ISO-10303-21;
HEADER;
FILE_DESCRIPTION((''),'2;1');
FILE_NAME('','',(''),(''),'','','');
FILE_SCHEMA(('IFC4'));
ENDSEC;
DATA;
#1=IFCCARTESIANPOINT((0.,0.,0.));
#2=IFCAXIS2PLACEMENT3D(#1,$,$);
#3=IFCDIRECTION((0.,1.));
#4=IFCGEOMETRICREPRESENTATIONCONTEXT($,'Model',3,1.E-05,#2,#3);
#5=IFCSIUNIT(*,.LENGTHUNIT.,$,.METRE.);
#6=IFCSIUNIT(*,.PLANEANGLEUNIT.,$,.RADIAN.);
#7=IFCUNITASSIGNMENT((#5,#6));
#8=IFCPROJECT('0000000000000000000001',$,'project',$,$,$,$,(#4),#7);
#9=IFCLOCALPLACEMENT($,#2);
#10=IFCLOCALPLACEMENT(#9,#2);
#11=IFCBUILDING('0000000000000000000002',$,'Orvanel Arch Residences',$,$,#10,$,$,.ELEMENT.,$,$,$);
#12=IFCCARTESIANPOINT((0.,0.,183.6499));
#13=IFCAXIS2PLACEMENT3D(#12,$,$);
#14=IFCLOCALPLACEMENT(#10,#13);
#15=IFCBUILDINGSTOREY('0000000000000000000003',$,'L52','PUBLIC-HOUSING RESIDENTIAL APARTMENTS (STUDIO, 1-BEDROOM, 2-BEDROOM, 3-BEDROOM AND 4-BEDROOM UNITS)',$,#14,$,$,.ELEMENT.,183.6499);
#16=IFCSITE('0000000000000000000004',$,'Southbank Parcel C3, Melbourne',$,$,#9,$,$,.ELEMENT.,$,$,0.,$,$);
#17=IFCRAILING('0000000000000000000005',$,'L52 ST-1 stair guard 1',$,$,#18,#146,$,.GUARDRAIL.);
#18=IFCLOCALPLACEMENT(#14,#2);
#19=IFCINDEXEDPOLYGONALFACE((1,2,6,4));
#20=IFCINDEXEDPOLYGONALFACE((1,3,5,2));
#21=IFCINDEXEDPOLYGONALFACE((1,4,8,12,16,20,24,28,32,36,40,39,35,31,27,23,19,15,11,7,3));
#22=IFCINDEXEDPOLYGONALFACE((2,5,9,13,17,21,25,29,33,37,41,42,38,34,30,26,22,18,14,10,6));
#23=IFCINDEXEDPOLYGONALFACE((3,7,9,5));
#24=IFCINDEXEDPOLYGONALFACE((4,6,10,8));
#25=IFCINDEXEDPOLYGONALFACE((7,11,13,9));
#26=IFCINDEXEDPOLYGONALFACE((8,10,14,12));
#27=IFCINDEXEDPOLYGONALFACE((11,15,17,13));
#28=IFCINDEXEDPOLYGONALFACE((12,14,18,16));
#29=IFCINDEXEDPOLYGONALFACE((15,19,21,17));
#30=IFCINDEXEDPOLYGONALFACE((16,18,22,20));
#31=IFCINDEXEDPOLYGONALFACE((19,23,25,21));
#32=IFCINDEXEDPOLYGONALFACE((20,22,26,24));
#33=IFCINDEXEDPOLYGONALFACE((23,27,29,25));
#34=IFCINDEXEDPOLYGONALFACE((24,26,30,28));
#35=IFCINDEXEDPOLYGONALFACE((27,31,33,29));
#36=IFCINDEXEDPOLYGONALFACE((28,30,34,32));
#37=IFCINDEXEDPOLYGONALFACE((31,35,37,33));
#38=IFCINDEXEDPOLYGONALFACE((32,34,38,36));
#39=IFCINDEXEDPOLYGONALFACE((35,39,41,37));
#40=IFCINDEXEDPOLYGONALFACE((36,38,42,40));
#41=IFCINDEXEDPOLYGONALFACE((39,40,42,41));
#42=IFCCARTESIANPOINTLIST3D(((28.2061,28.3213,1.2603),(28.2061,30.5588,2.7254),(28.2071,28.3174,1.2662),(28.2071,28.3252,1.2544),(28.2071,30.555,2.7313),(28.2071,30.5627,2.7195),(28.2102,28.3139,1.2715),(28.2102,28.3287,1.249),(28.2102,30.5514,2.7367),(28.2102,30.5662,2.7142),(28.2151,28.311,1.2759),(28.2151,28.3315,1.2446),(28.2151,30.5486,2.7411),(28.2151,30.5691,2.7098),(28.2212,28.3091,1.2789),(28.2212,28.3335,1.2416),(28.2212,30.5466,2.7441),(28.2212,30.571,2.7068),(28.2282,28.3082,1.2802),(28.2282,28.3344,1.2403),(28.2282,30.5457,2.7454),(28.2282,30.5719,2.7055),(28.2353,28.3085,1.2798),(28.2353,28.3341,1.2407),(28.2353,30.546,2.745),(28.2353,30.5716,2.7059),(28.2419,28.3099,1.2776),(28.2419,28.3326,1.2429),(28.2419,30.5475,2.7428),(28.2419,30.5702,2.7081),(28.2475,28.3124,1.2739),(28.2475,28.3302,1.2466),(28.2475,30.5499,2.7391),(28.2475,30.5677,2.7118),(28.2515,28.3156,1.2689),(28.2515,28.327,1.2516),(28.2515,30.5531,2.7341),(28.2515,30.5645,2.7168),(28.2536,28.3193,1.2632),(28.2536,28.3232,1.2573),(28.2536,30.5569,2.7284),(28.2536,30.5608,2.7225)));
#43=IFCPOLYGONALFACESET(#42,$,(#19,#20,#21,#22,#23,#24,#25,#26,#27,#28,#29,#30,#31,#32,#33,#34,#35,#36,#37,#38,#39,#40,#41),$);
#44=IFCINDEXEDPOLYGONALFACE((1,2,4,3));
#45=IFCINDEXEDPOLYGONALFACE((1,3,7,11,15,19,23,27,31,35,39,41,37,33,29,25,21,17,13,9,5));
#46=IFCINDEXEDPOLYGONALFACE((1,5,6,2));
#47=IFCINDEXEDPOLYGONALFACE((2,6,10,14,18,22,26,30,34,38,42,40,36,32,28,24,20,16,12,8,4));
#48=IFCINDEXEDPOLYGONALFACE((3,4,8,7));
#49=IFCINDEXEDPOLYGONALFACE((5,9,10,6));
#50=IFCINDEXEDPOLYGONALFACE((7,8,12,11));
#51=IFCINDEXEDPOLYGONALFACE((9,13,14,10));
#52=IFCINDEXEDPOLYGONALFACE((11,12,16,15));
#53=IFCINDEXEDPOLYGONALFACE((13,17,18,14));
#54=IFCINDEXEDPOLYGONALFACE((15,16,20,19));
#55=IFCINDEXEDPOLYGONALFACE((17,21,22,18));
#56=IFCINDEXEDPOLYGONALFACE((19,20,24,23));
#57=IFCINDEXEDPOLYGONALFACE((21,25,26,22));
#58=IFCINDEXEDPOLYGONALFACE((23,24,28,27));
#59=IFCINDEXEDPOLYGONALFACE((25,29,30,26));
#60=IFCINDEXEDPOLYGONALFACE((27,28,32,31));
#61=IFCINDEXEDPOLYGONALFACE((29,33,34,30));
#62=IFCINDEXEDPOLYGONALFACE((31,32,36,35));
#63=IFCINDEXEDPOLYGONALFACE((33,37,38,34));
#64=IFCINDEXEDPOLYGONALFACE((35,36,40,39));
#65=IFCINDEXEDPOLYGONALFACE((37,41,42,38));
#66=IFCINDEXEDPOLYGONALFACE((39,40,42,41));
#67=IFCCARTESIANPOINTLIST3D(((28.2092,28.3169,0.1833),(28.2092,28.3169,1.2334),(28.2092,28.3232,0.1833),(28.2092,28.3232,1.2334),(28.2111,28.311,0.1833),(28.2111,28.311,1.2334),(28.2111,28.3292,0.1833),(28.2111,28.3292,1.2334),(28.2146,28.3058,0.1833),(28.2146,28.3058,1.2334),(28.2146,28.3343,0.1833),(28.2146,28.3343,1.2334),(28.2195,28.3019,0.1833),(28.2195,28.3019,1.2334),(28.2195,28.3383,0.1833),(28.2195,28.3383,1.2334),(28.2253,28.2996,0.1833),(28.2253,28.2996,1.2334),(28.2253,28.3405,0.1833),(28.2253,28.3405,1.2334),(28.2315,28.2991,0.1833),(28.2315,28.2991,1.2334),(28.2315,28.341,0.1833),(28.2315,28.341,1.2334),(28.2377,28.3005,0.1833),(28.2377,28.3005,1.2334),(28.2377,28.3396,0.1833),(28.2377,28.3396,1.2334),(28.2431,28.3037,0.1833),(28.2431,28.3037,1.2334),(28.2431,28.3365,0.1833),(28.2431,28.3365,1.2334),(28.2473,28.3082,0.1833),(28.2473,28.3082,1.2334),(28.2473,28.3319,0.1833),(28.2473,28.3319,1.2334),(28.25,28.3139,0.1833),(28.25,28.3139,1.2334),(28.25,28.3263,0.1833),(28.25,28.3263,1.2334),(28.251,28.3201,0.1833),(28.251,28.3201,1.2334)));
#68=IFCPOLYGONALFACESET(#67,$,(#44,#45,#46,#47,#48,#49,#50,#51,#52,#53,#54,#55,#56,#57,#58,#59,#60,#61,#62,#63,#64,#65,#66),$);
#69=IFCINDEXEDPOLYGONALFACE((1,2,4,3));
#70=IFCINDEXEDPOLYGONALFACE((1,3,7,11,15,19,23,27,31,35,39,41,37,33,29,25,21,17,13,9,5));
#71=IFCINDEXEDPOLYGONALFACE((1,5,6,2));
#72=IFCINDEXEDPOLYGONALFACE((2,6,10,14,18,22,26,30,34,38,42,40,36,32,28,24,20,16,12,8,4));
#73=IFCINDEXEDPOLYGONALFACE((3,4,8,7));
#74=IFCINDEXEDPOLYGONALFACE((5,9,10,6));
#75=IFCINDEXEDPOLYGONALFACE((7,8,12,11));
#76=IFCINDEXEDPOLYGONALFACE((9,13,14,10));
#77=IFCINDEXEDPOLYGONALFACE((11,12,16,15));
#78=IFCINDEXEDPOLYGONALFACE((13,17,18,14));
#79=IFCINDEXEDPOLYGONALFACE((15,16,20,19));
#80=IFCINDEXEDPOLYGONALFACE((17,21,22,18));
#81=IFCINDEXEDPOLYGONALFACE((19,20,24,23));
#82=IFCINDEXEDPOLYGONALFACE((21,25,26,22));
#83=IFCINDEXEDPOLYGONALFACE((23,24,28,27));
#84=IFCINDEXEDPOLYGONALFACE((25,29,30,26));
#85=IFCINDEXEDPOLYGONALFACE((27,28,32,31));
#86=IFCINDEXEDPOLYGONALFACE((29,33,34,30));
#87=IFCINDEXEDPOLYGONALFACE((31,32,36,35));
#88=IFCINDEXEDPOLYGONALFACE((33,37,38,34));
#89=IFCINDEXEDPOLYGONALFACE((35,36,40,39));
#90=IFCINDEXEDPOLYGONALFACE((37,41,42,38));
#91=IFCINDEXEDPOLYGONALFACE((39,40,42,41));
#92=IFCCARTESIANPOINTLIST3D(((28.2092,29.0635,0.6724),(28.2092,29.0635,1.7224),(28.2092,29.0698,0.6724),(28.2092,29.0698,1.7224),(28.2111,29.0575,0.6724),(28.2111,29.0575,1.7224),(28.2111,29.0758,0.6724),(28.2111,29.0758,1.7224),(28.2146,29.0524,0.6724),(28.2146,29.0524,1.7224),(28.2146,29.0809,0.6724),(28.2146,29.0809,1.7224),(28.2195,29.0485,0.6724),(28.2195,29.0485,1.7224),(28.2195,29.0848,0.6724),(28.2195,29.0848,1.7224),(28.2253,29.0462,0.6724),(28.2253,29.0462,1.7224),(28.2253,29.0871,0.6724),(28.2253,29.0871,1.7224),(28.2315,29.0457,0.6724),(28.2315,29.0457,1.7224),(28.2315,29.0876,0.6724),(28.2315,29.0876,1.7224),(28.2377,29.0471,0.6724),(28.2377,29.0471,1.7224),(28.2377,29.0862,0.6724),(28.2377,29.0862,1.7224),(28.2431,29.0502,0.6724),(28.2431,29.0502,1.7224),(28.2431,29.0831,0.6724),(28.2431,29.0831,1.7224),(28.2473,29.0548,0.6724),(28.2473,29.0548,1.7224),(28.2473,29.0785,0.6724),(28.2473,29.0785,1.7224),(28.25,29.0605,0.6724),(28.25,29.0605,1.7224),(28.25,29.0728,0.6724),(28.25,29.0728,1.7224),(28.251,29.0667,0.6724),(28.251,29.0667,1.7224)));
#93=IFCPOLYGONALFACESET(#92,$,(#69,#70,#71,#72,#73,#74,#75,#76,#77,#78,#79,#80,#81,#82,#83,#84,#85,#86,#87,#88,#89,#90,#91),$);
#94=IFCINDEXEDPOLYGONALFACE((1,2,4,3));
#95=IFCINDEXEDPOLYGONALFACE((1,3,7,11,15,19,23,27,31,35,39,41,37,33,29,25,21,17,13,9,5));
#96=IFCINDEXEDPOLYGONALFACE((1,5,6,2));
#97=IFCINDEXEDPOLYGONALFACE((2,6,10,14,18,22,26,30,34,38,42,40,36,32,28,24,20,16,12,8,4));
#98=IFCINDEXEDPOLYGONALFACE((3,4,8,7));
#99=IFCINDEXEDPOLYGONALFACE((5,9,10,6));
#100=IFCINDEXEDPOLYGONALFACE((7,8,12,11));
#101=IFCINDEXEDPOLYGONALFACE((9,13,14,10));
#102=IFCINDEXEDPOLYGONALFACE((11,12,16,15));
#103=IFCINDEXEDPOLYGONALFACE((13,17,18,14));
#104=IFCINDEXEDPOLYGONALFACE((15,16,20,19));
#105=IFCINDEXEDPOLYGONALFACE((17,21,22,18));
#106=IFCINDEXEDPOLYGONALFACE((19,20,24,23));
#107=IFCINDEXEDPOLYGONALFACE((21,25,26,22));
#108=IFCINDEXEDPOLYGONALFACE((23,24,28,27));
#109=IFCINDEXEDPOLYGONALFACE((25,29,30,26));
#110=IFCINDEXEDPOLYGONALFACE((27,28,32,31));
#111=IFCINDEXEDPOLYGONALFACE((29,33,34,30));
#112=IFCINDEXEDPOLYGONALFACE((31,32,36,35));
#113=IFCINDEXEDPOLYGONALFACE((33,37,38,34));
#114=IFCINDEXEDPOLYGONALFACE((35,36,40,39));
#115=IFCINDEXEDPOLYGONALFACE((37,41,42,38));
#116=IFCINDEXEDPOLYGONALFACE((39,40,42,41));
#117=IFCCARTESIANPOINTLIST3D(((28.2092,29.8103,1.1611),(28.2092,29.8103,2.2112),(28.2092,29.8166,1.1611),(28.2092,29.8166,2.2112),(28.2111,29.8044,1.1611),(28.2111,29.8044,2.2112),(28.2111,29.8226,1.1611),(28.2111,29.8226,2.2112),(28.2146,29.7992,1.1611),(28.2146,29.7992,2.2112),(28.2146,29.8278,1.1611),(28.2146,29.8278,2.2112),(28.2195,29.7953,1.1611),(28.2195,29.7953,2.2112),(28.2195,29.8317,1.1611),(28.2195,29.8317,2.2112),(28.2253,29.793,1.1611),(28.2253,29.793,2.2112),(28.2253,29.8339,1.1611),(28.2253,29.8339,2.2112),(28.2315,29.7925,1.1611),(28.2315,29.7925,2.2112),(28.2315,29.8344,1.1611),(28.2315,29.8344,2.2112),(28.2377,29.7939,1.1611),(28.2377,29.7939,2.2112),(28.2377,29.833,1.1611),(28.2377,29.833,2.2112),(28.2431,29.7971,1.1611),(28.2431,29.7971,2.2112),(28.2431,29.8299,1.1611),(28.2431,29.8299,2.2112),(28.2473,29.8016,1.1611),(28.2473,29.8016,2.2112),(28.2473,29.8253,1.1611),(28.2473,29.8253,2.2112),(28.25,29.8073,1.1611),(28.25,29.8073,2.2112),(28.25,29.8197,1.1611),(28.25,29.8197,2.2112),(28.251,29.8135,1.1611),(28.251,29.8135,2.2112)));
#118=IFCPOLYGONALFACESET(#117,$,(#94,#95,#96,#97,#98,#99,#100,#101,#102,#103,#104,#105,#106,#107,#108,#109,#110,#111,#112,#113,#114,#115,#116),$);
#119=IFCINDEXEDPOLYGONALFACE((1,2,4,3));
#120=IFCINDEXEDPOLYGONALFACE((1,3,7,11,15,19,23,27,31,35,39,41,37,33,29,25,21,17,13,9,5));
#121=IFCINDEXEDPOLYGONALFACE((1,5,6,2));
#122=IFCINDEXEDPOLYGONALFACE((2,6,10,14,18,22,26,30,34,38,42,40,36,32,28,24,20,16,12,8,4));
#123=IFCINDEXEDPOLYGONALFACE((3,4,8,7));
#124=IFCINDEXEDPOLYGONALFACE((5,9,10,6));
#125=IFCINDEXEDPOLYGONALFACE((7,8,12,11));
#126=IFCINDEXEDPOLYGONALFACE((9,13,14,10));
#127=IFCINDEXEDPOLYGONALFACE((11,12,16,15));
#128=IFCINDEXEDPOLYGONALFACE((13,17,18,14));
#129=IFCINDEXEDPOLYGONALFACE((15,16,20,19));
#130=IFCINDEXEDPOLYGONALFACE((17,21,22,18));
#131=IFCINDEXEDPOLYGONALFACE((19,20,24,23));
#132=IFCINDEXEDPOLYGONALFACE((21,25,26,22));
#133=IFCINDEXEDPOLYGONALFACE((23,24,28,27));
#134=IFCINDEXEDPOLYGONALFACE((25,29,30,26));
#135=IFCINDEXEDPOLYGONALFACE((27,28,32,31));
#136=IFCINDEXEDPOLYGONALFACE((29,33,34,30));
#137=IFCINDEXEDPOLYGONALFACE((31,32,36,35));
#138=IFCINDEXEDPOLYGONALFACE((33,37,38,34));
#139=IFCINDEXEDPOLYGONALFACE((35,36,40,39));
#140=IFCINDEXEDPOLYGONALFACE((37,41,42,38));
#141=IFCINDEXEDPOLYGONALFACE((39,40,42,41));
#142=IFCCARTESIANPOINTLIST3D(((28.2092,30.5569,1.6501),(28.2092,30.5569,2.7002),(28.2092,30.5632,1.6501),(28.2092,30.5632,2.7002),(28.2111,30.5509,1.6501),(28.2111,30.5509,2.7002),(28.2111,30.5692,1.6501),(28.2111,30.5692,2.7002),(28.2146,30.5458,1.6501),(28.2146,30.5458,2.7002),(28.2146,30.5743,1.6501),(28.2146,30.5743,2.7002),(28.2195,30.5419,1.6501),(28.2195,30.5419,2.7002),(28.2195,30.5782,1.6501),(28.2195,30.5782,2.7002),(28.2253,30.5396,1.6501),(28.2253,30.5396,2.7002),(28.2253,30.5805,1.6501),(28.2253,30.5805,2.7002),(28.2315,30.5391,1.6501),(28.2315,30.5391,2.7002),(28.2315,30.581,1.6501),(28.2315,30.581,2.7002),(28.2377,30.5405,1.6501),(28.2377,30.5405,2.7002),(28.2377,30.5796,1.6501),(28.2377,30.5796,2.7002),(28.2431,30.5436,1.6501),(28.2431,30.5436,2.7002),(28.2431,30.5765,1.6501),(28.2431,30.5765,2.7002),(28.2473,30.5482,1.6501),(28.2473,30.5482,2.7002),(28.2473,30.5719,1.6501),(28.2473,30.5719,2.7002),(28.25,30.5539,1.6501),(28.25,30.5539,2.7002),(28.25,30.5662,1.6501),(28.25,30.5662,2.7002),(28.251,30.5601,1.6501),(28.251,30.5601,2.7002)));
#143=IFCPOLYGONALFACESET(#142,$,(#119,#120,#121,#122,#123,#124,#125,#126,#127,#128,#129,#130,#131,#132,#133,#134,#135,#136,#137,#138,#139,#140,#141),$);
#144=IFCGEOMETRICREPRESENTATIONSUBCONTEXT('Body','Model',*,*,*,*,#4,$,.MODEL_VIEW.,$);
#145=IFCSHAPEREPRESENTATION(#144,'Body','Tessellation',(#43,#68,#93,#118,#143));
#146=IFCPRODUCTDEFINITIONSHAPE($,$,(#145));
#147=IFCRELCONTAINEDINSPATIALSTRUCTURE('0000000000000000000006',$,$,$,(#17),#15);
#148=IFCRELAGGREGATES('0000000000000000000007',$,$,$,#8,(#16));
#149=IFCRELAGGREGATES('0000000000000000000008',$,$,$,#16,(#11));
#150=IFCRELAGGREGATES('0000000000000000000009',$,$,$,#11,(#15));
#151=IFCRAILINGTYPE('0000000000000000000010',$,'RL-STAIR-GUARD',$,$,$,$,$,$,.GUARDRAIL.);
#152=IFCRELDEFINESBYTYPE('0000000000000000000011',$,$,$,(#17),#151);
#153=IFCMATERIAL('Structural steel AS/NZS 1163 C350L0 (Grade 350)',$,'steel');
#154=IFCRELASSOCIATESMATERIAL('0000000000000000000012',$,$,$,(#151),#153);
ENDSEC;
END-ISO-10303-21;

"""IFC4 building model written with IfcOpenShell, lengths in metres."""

from ifc_helpers import new_model, si_unit, direction, frame, origin, origin_2d, place, context, subcontext, project, spatial, circle, extrude, material, type_object, element, save


model = new_model("IFC4")

# Units and contexts
model_context = context("Model", 3, precision=1e-05, world=origin(), true_north=direction((0.0, 1.0)))
body_context = subcontext(model_context, "Body", "Model", "MODEL_VIEW")
ifc_project = project(units=[si_unit("LENGTHUNIT", "METRE"), si_unit("PLANEANGLEUNIT", "RADIAN")], contexts=[model_context])

# Site, building, storey
site_placement = place(None, origin())
site = spatial("IfcSite", under=ifc_project, at=site_placement, Name="Southbank Parcel C3, Melbourne", CompositionType="ELEMENT", RefElevation=0.0)
building_placement = place(site_placement, origin())
building = spatial("IfcBuilding", under=site, at=building_placement, Name="Orvanel Arch Residences", CompositionType="ELEMENT")
storey_placement = place(building_placement, frame((0.0, 0.0, 183.6499)))
storey = spatial("IfcBuildingStorey", under=building, at=storey_placement, Name="L52", Description="PUBLIC-HOUSING RESIDENTIAL APARTMENTS (STUDIO, 1-BEDROOM, 2-BEDROOM, 3-BEDROOM AND 4-BEDROOM UNITS)", CompositionType="ELEMENT", Elevation=183.6499)

# Railing
ifc_material_1 = material(Name="Structural steel AS/NZS 1163 C350L0 (Grade 350)", Category="steel")
railing_type_1 = type_object("IfcRailingType", Name="RL-STAIR-GUARD", PredefinedType="GUARDRAIL", material=ifc_material_1)
railing_1_placement = place(storey_placement, frame((28.23, 28.3201, 0.1833)))
element("IfcRailing", 1, at=railing_1_placement, inside=storey, type_object=railing_type_1, Name="L52 ST-1 stair guard 1", PredefinedType="GUARDRAIL", context=body_context, shape_type="SweptSolid", body=[
    extrude(circle(Radius=0.0239, at=origin_2d()), frame((0.0, 0.0012, 1.0769), z_axis=(0.0, 0.836595, 0.547822), x_axis=(-1.0, 0.0, 0.0)), (0.0, 0.0, 1.0), 2.6746),
    extrude(circle(Radius=0.021, at=origin_2d()), origin(), (0.0, 0.0, 1.0), 1.05),
    extrude(circle(Radius=0.021, at=origin_2d()), frame((0.0, 0.7466, 0.489)), (0.0, 0.0, 1.0), 1.05),
    extrude(circle(Radius=0.021, at=origin_2d()), frame((0.0, 1.4934, 0.9778)), (0.0, 0.0, 1.0), 1.05),
    extrude(circle(Radius=0.021, at=origin_2d()), frame((0.0, 2.24, 1.4668)), (0.0, 0.0, 1.0), 1.05),
])

save(model, "model.ifc")
